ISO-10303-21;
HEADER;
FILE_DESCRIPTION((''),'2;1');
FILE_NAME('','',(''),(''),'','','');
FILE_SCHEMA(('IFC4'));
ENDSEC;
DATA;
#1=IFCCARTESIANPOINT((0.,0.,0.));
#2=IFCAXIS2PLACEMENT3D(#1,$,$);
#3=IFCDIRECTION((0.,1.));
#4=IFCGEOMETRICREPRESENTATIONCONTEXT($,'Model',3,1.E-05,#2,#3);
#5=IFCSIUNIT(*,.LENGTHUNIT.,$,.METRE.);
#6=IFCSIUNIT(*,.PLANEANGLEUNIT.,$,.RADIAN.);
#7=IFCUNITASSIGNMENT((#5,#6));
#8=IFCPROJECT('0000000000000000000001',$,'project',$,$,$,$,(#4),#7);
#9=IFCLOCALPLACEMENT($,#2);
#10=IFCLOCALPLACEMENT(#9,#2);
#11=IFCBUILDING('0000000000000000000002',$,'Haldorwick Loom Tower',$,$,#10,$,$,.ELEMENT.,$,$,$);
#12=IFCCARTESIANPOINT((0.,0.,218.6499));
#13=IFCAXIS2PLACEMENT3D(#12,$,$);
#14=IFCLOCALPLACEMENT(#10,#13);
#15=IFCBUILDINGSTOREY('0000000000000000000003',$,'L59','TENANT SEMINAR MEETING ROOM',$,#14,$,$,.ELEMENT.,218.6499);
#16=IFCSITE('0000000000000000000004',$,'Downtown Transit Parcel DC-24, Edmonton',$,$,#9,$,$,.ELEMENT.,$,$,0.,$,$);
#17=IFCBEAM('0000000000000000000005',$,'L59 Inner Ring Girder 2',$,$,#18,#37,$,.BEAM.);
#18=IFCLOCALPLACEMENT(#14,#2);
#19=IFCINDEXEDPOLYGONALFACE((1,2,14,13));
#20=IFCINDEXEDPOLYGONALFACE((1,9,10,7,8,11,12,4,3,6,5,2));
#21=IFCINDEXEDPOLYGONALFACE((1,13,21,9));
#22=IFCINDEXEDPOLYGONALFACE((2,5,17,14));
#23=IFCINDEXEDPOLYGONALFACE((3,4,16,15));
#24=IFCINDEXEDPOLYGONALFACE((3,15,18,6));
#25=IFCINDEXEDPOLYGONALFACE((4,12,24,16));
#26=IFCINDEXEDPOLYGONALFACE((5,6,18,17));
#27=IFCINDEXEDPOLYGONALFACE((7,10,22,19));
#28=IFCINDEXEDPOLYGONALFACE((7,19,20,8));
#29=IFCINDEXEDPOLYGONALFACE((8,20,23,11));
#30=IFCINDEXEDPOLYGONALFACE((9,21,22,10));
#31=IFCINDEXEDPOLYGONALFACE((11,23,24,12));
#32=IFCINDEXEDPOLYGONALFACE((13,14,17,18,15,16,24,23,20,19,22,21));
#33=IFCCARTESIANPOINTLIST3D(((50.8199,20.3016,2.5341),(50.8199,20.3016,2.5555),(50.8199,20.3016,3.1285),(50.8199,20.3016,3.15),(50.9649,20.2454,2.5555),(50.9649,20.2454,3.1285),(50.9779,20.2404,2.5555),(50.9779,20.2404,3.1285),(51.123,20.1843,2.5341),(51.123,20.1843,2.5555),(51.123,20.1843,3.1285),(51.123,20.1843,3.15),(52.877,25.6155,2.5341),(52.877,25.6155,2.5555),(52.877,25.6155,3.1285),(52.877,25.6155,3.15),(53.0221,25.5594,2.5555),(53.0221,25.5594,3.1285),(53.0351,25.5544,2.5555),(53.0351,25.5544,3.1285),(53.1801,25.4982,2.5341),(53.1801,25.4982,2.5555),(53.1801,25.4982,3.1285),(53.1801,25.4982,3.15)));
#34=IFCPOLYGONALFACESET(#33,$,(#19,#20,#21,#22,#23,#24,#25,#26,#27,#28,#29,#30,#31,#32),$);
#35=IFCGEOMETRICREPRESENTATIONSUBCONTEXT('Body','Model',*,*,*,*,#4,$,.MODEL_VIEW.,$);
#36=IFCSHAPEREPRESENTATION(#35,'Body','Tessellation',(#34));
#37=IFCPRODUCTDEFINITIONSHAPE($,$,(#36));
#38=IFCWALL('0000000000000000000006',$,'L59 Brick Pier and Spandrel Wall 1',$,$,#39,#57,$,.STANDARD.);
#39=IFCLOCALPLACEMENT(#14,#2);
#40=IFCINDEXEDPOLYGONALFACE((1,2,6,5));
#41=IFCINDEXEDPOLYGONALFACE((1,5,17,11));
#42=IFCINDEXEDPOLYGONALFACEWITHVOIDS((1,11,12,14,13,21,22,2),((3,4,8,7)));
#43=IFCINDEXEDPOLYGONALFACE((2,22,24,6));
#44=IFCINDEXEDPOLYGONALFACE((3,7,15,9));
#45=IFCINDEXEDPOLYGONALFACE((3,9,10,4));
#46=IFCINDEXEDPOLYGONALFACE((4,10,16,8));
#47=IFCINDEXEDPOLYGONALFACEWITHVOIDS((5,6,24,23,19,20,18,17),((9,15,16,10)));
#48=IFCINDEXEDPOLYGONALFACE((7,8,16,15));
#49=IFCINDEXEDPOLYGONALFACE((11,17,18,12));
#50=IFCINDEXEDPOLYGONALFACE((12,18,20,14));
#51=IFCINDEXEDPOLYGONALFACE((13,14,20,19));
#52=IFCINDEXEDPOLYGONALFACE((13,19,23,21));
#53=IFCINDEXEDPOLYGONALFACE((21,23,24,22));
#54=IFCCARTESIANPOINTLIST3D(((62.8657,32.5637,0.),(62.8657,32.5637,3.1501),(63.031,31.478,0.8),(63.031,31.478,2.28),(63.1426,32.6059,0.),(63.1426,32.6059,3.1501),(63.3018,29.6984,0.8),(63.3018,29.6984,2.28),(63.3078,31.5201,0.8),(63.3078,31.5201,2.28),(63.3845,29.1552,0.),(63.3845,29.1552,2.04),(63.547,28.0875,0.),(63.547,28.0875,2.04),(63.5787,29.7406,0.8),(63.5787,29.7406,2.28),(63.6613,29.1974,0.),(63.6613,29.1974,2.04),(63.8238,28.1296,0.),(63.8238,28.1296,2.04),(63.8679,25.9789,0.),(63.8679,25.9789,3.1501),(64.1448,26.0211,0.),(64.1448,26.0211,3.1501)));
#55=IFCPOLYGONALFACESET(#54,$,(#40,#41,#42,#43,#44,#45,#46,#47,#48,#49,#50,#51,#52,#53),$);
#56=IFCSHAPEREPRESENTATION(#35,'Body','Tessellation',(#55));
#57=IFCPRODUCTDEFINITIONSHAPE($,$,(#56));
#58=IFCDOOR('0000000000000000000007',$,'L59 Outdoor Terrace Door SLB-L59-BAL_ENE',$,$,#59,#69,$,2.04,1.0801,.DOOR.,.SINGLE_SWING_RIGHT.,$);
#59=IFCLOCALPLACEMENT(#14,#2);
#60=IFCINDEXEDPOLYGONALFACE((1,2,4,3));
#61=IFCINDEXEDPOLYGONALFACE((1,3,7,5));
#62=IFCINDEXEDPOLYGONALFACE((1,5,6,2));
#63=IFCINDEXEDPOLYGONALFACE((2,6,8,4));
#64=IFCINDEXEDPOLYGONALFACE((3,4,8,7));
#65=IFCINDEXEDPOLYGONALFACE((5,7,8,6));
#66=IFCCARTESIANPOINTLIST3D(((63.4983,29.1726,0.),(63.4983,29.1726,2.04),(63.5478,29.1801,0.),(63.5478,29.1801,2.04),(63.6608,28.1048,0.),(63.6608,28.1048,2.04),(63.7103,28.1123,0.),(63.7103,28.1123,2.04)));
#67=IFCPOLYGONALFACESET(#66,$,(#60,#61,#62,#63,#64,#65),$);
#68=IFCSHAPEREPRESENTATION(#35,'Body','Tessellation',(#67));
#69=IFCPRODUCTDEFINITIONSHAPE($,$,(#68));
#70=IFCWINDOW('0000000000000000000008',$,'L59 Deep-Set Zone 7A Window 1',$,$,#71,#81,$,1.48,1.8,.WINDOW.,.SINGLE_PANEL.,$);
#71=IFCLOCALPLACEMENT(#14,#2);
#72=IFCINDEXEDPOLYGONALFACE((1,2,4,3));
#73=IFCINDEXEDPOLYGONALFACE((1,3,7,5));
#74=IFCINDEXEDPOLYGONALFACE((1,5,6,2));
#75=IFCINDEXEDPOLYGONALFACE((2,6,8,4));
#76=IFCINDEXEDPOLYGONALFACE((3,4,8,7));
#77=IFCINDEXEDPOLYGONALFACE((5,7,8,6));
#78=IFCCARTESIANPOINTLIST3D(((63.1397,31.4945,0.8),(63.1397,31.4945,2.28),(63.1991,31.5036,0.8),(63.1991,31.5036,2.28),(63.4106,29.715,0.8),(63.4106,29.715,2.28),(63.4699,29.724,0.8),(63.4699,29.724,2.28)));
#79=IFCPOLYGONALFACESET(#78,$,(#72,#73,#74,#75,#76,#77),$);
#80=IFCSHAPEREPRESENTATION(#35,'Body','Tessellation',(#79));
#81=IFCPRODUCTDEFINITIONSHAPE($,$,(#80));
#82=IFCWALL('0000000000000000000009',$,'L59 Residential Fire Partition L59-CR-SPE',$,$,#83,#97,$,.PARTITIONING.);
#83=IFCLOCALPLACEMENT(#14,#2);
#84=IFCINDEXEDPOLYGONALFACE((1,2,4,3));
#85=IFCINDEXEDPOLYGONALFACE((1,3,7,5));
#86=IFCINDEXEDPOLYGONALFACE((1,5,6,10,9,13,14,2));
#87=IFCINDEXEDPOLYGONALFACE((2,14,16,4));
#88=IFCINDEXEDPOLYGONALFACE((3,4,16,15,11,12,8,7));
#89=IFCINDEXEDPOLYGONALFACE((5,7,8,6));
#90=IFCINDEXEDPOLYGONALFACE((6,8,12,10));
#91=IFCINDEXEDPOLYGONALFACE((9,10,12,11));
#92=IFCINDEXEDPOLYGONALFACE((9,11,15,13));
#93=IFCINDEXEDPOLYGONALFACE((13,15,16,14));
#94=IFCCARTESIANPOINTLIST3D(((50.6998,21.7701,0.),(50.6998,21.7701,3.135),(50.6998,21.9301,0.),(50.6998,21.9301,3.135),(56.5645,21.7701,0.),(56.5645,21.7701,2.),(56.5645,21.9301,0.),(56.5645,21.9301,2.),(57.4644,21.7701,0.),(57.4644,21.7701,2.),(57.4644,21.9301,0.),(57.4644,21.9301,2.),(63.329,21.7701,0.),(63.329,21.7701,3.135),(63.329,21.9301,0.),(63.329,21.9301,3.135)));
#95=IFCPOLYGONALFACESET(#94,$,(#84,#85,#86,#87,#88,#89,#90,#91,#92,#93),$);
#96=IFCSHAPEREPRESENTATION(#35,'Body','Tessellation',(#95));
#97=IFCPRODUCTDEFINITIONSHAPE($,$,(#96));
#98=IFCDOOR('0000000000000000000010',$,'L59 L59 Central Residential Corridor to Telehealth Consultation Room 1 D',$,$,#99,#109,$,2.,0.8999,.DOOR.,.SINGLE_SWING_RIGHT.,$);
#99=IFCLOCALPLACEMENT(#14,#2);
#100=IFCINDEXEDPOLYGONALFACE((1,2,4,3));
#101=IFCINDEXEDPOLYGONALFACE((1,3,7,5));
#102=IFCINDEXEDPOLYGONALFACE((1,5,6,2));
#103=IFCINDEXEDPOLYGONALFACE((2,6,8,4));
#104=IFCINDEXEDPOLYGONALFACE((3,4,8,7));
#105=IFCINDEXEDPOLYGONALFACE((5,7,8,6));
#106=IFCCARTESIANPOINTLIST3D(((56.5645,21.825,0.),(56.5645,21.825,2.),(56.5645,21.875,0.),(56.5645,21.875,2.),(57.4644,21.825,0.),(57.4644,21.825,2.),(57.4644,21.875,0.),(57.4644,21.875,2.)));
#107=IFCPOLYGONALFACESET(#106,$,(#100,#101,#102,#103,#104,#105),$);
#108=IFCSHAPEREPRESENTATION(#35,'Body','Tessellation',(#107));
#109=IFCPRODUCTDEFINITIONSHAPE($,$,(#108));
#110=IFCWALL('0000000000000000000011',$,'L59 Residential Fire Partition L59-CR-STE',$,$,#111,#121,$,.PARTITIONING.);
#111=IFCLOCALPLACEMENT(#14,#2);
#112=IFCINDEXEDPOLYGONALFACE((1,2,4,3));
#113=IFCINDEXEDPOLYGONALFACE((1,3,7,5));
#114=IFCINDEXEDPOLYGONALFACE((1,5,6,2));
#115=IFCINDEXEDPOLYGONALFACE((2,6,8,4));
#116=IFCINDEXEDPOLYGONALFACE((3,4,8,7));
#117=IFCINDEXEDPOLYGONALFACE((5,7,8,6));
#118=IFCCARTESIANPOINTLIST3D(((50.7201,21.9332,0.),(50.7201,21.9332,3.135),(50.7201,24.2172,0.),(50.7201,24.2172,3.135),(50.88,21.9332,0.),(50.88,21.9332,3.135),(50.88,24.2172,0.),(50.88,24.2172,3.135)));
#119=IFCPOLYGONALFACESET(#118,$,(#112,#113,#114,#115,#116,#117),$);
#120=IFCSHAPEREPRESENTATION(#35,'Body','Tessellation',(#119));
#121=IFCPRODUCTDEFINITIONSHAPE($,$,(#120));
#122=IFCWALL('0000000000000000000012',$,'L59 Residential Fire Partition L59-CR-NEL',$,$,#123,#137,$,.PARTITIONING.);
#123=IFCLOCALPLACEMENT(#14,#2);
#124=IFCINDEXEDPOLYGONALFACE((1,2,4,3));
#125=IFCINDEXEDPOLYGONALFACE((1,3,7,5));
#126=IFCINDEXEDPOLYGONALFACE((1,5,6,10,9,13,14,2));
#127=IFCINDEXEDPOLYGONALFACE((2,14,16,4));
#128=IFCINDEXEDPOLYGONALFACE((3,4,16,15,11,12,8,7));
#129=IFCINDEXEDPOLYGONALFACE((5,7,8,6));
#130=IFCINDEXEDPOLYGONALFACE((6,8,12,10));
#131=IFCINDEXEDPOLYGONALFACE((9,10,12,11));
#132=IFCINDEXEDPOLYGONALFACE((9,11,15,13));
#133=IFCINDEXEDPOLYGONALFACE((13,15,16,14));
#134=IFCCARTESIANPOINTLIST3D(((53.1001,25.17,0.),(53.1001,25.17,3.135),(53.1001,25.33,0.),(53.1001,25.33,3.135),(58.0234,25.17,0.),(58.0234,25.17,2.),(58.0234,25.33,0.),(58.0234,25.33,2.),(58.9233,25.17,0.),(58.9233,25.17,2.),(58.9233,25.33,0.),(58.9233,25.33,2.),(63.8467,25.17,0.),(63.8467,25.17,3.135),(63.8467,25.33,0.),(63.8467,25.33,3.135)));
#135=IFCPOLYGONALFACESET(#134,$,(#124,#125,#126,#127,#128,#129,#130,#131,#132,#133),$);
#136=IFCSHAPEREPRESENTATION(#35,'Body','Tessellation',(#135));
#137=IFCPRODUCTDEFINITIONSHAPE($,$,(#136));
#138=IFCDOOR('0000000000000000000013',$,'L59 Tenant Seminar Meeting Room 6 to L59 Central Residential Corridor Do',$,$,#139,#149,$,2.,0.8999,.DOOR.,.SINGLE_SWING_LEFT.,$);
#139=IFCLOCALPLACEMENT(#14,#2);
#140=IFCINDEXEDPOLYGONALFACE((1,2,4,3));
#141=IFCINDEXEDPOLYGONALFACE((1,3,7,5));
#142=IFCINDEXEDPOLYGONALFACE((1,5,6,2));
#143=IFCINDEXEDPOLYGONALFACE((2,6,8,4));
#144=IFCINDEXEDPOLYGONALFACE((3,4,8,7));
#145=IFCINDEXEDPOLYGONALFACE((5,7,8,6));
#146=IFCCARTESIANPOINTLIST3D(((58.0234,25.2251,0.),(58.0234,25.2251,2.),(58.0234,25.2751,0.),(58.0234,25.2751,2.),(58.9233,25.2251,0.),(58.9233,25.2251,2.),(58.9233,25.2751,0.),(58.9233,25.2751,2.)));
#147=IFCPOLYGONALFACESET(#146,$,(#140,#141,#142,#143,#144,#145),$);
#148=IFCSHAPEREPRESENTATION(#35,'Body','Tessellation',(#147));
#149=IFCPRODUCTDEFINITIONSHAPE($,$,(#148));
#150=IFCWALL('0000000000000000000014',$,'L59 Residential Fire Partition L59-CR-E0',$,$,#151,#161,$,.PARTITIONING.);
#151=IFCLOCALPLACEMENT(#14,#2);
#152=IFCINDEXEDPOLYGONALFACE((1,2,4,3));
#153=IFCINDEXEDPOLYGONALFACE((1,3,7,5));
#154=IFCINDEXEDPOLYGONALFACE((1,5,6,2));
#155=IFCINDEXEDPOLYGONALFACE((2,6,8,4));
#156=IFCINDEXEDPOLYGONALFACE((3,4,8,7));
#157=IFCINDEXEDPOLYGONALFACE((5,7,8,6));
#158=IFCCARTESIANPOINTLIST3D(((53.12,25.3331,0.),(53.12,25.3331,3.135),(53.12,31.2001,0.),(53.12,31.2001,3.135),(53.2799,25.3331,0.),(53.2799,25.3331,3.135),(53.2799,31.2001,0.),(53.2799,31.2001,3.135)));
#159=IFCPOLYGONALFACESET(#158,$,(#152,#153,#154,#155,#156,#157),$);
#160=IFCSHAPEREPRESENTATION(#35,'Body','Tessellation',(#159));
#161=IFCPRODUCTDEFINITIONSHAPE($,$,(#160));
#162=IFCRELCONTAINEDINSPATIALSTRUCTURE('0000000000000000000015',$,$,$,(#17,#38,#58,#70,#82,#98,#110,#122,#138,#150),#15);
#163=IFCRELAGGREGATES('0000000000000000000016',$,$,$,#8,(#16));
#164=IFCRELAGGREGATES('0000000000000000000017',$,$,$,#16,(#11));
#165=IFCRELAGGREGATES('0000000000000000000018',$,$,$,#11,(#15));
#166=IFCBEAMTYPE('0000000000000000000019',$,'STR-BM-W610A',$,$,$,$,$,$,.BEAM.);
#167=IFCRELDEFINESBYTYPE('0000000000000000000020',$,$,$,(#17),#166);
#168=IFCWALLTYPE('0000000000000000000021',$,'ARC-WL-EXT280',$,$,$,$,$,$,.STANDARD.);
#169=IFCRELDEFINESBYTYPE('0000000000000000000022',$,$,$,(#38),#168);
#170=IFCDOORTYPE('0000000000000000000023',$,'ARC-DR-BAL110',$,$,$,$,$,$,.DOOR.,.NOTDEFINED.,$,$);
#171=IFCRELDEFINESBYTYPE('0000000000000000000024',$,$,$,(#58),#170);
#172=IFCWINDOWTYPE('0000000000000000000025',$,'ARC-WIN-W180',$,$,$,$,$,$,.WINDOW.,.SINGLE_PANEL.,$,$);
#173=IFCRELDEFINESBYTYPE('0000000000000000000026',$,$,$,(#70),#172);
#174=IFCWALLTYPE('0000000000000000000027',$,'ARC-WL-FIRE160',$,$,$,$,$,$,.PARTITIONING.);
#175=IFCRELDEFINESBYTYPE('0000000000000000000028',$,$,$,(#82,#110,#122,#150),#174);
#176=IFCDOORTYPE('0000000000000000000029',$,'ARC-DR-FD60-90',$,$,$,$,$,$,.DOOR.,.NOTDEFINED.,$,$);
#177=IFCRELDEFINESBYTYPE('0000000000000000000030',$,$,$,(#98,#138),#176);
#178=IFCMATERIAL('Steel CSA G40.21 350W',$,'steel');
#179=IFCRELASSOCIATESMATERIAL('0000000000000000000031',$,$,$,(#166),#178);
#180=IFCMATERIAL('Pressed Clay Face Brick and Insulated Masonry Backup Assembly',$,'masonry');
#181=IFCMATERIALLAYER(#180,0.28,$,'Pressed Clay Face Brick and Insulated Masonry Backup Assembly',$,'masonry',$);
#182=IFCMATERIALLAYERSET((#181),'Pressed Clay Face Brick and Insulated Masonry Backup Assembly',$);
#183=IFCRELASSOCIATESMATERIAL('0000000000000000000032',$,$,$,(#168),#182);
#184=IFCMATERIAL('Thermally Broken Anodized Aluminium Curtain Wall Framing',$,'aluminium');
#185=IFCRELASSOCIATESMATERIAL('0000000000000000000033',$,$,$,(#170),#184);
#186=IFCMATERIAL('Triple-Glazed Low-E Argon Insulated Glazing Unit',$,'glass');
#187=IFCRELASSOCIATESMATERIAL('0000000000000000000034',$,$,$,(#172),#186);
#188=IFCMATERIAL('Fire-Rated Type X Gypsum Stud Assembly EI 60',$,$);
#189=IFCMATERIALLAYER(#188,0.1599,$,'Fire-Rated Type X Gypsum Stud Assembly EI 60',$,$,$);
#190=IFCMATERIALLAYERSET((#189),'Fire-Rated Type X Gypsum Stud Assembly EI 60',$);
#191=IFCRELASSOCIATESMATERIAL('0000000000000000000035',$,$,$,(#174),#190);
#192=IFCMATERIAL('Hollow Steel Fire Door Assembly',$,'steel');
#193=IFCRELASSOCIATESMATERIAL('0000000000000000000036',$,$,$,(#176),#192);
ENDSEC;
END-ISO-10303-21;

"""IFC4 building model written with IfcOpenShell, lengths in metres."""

from ifc_helpers import new_model, si_unit, direction, frame, frame_2d, origin, origin_2d, place, context, subcontext, project, spatial, rectangle, i_section, extrude, material, layer, layer_set, material_profile, profile_set, type_object, element, fill, save


model = new_model("IFC4")

# Units and contexts
model_context = context("Model", 3, precision=1e-05, world=origin(), true_north=direction((0.0, 1.0)))
body_context = subcontext(model_context, "Body", "Model", "MODEL_VIEW")
ifc_project = project(units=[si_unit("LENGTHUNIT", "METRE"), si_unit("PLANEANGLEUNIT", "RADIAN")], contexts=[model_context])

# Site, building, storey
site_placement = place(None, origin())
site = spatial("IfcSite", under=ifc_project, at=site_placement, Name="Downtown Transit Parcel DC-24, Edmonton", CompositionType="ELEMENT", RefElevation=0.0)
building_placement = place(site_placement, origin())
building = spatial("IfcBuilding", under=site, at=building_placement, Name="Haldorwick Loom Tower", CompositionType="ELEMENT")
storey_placement = place(building_placement, frame((0.0, 0.0, 218.6499)))
storey = spatial("IfcBuildingStorey", under=building, at=storey_placement, Name="L59", Description="TENANT SEMINAR MEETING ROOM", CompositionType="ELEMENT", Elevation=218.6499)

# Shared definitions
ifc_material_1 = material(Name="Steel CSA G40.21 350W", Category="steel")

# Beam
ifc_material_profile_1 = material_profile(ifc_material_1, i_section(OverallWidth=0.325, OverallDepth=0.616, WebThickness=0.0139, FlangeThickness=0.0215, at=origin_2d()), Name="W610X174", Category="steel")
ifc_profile_set_1 = profile_set([ifc_material_profile_1], Name="Steel CSA G40.21 350W")
beam_type_1 = type_object("IfcBeamType", Name="STR-BM-W610A", PredefinedType="BEAM", material=ifc_profile_set_1)
beam_1_placement = place(storey_placement, frame((53.0286, 25.5569, 2.842), z_axis=(-0.361011, -0.932562, 0.0), x_axis=(0.932562, -0.361011, 0.0)))
element("IfcBeam", 1, at=beam_1_placement, inside=storey, type_object=beam_type_1, Name="L59 Inner Ring Girder 2", PredefinedType="BEAM", context=body_context, shape_type="SweptSolid", body=[
    extrude(i_section(OverallWidth=0.325, OverallDepth=0.616, WebThickness=0.0139, FlangeThickness=0.0215, at=origin_2d()), origin(), (0.0, 0.0, 1.0), 5.6982),
])

# Wall, openings, door, window
ifc_material_2 = material(Name="Pressed Clay Face Brick and Insulated Masonry Backup Assembly", Category="masonry")
ifc_layer_1 = layer(ifc_material_2, 0.28, Name="Pressed Clay Face Brick and Insulated Masonry Backup Assembly", Category="masonry")
ifc_layer_set_1 = layer_set([ifc_layer_1], Name="Pressed Clay Face Brick and Insulated Masonry Backup Assembly")
wall_type_1 = type_object("IfcWallType", Name="ARC-WL-EXT280", PredefinedType="STANDARD", material=ifc_layer_set_1)
wall_1_placement = place(storey_placement, frame((64.0063, 26.0, 0.0), z_axis=(0.0, 0.0, 1.0), x_axis=(-0.150468, 0.988615, 0.0)))
wall_1 = element("IfcWall", 2, at=wall_1_placement, inside=storey, type_object=wall_type_1, Name="L59 Brick Pier and Spandrel Wall 1", PredefinedType="STANDARD", context=body_context, shape_type="SweptSolid", body=[
    extrude(rectangle(XDim=6.6606, YDim=0.28, at=frame_2d((3.3303, 0.0))), origin(), (0.0, 0.0, 1.0), 3.1501),
])
opening_1_placement = place(wall_1_placement, frame((2.1328, 0.0, 0.0)))
opening_1 = element("IfcOpeningElement", 3, at=opening_1_placement, cuts=wall_1, PredefinedType="OPENING", context=body_context, shape_type="SweptSolid", body=[
    extrude(rectangle(XDim=1.0801, YDim=2.04, at=frame_2d((0.54, 1.02))), frame((0.0, 0.1499, 0.0), z_axis=(0.0, -1.0, 0.0), x_axis=(1.0, 0.0, 0.0)), (0.0, 0.0, 1.0), 0.3),
])
opening_2_placement = place(wall_1_placement, frame((3.7625, 0.0, 0.8)))
opening_2 = element("IfcOpeningElement", 4, at=opening_2_placement, cuts=wall_1, PredefinedType="OPENING", context=body_context, shape_type="SweptSolid", body=[
    extrude(rectangle(XDim=1.8, YDim=1.48, at=frame_2d((0.8999, 0.74))), frame((0.0, 0.1499, 0.0), z_axis=(0.0, -1.0, 0.0), x_axis=(1.0, 0.0, 0.0)), (0.0, 0.0, 1.0), 0.3),
])
ifc_material_3 = material(Name="Thermally Broken Anodized Aluminium Curtain Wall Framing", Category="aluminium")
door_type_1 = type_object("IfcDoorType", Name="ARC-DR-BAL110", OperationType="NOTDEFINED", PredefinedType="DOOR", material=ifc_material_3)
door_1_placement = place(opening_1_placement, origin())
door_1 = element("IfcDoor", 5, at=door_1_placement, inside=storey, type_object=door_type_1, Name="L59 Outdoor Terrace Door SLB-L59-BAL_ENE", OperationType="SINGLE_SWING_RIGHT", OverallHeight=2.04, OverallWidth=1.0801, PredefinedType="DOOR", context=body_context, shape_type="SweptSolid", body=[
    extrude(rectangle(XDim=1.0801, YDim=2.04, at=frame_2d((0.54, 1.02))), frame((0.0, 0.0249, 0.0), z_axis=(0.0, -1.0, 0.0), x_axis=(1.0, 0.0, 0.0)), (0.0, 0.0, 1.0), 0.05),
])
fill(opening_1, door_1)
ifc_material_4 = material(Name="Triple-Glazed Low-E Argon Insulated Glazing Unit", Category="glass")
window_type = type_object("IfcWindowType", Name="ARC-WIN-W180", PartitioningType="SINGLE_PANEL", PredefinedType="WINDOW", material=ifc_material_4)
window_placement = place(opening_2_placement, origin())
window = element("IfcWindow", 6, at=window_placement, inside=storey, type_object=window_type, Name="L59 Deep-Set Zone 7A Window 1", OverallHeight=1.48, OverallWidth=1.8, PartitioningType="SINGLE_PANEL", PredefinedType="WINDOW", context=body_context, shape_type="SweptSolid", body=[
    extrude(rectangle(XDim=1.8, YDim=1.48, at=frame_2d((0.8999, 0.74))), frame((0.0, 0.03, 0.0), z_axis=(0.0, -1.0, 0.0), x_axis=(1.0, 0.0, 0.0)), (0.0, 0.0, 1.0), 0.0601),
])
fill(opening_2, window)

# Wall, opening, door
ifc_material_5 = material(Name="Fire-Rated Type X Gypsum Stud Assembly EI 60")
ifc_layer_2 = layer(ifc_material_5, 0.1599, Name="Fire-Rated Type X Gypsum Stud Assembly EI 60")
ifc_layer_set_2 = layer_set([ifc_layer_2], Name="Fire-Rated Type X Gypsum Stud Assembly EI 60")
wall_type_2 = type_object("IfcWallType", Name="ARC-WL-FIRE160", PredefinedType="PARTITIONING", material=ifc_layer_set_2)
wall_2_placement = place(storey_placement, frame((50.7, 21.8501, 0.0), z_axis=(0.0, 0.0, 1.0), x_axis=(1.0, 0.0, 0.0)))
wall_2 = element("IfcWall", 7, at=wall_2_placement, inside=storey, type_object=wall_type_2, Name="L59 Residential Fire Partition L59-CR-SPE", PredefinedType="PARTITIONING", context=body_context, shape_type="SweptSolid", body=[
    extrude(rectangle(XDim=12.6292, YDim=0.1599, at=frame_2d((6.3145, 0.0))), origin(), (0.0, 0.0, 1.0), 3.135),
])
opening_3_placement = place(wall_2_placement, frame((5.8645, 0.0, 0.0)))
opening_3 = element("IfcOpeningElement", 8, at=opening_3_placement, cuts=wall_2, PredefinedType="OPENING", context=body_context, shape_type="SweptSolid", body=[
    extrude(rectangle(XDim=0.8999, YDim=2.0, at=frame_2d((0.45, 1.0))), frame((0.0, 0.0898, 0.0), z_axis=(0.0, -1.0, 0.0), x_axis=(1.0, 0.0, 0.0)), (0.0, 0.0, 1.0), 0.1799),
])
ifc_material_6 = material(Name="Hollow Steel Fire Door Assembly", Category="steel")
door_type_2 = type_object("IfcDoorType", Name="ARC-DR-FD60-90", OperationType="NOTDEFINED", PredefinedType="DOOR", material=ifc_material_6)
door_2_placement = place(opening_3_placement, origin())
door_2 = element("IfcDoor", 9, at=door_2_placement, inside=storey, type_object=door_type_2, Name="L59 L59 Central Residential Corridor to Telehealth Consultation Room 1 D", OperationType="SINGLE_SWING_RIGHT", OverallHeight=2.0, OverallWidth=0.8999, PredefinedType="DOOR", context=body_context, shape_type="SweptSolid", body=[
    extrude(rectangle(XDim=0.8999, YDim=2.0, at=frame_2d((0.45, 1.0))), frame((0.0, 0.0249, 0.0), z_axis=(0.0, -1.0, 0.0), x_axis=(1.0, 0.0, 0.0)), (0.0, 0.0, 1.0), 0.05),
])
fill(opening_3, door_2)

# Wall
wall_3_placement = place(storey_placement, frame((50.8, 21.9331, 0.0), z_axis=(0.0, 0.0, 1.0), x_axis=(0.0, 1.0, 0.0)))
element("IfcWall", 10, at=wall_3_placement, inside=storey, type_object=wall_type_2, Name="L59 Residential Fire Partition L59-CR-STE", PredefinedType="PARTITIONING", context=body_context, shape_type="SweptSolid", body=[
    extrude(rectangle(XDim=2.2839, YDim=0.1599, at=frame_2d((1.1421, 0.0))), origin(), (0.0, 0.0, 1.0), 3.135),
])

# Wall, opening, door
wall_4_placement = place(storey_placement, frame((53.1001, 25.25, 0.0), z_axis=(0.0, 0.0, 1.0), x_axis=(1.0, 0.0, 0.0)))
wall_4 = element("IfcWall", 11, at=wall_4_placement, inside=storey, type_object=wall_type_2, Name="L59 Residential Fire Partition L59-CR-NEL", PredefinedType="PARTITIONING", context=body_context, shape_type="SweptSolid", body=[
    extrude(rectangle(XDim=10.7466, YDim=0.1599, at=frame_2d((5.3733, 0.0))), origin(), (0.0, 0.0, 1.0), 3.135),
])
opening_4_placement = place(wall_4_placement, frame((4.9233, 0.0, 0.0)))
opening_4 = element("IfcOpeningElement", 12, at=opening_4_placement, cuts=wall_4, PredefinedType="OPENING", context=body_context, shape_type="SweptSolid", body=[
    extrude(rectangle(XDim=0.8999, YDim=2.0, at=frame_2d((0.45, 1.0))), frame((0.0, 0.0898, 0.0), z_axis=(0.0, -1.0, 0.0), x_axis=(1.0, 0.0, 0.0)), (0.0, 0.0, 1.0), 0.1799),
])
door_3_placement = place(opening_4_placement, frame((0.8999, 0.0, 0.0), z_axis=(0.0, 0.0, 1.0), x_axis=(-1.0, 0.0, 0.0)))
door_3 = element("IfcDoor", 13, at=door_3_placement, inside=storey, type_object=door_type_2, Name="L59 Tenant Seminar Meeting Room 6 to L59 Central Residential Corridor Do", OperationType="SINGLE_SWING_LEFT", OverallHeight=2.0, OverallWidth=0.8999, PredefinedType="DOOR", context=body_context, shape_type="SweptSolid", body=[
    extrude(rectangle(XDim=0.8999, YDim=2.0, at=frame_2d((0.45, 1.0))), frame((0.0, 0.0249, 0.0), z_axis=(0.0, -1.0, 0.0), x_axis=(1.0, 0.0, 0.0)), (0.0, 0.0, 1.0), 0.05),
])
fill(opening_4, door_3)

# Wall
wall_5_placement = place(storey_placement, frame((53.2, 25.333, 0.0), z_axis=(0.0, 0.0, 1.0), x_axis=(0.0, 1.0, 0.0)))
element("IfcWall", 14, at=wall_5_placement, inside=storey, type_object=wall_type_2, Name="L59 Residential Fire Partition L59-CR-E0", PredefinedType="PARTITIONING", context=body_context, shape_type="SweptSolid", body=[
    extrude(rectangle(XDim=5.8669, YDim=0.1599, at=frame_2d((2.9336, 0.0))), origin(), (0.0, 0.0, 1.0), 3.135),
])

save(model, "model.ifc")
